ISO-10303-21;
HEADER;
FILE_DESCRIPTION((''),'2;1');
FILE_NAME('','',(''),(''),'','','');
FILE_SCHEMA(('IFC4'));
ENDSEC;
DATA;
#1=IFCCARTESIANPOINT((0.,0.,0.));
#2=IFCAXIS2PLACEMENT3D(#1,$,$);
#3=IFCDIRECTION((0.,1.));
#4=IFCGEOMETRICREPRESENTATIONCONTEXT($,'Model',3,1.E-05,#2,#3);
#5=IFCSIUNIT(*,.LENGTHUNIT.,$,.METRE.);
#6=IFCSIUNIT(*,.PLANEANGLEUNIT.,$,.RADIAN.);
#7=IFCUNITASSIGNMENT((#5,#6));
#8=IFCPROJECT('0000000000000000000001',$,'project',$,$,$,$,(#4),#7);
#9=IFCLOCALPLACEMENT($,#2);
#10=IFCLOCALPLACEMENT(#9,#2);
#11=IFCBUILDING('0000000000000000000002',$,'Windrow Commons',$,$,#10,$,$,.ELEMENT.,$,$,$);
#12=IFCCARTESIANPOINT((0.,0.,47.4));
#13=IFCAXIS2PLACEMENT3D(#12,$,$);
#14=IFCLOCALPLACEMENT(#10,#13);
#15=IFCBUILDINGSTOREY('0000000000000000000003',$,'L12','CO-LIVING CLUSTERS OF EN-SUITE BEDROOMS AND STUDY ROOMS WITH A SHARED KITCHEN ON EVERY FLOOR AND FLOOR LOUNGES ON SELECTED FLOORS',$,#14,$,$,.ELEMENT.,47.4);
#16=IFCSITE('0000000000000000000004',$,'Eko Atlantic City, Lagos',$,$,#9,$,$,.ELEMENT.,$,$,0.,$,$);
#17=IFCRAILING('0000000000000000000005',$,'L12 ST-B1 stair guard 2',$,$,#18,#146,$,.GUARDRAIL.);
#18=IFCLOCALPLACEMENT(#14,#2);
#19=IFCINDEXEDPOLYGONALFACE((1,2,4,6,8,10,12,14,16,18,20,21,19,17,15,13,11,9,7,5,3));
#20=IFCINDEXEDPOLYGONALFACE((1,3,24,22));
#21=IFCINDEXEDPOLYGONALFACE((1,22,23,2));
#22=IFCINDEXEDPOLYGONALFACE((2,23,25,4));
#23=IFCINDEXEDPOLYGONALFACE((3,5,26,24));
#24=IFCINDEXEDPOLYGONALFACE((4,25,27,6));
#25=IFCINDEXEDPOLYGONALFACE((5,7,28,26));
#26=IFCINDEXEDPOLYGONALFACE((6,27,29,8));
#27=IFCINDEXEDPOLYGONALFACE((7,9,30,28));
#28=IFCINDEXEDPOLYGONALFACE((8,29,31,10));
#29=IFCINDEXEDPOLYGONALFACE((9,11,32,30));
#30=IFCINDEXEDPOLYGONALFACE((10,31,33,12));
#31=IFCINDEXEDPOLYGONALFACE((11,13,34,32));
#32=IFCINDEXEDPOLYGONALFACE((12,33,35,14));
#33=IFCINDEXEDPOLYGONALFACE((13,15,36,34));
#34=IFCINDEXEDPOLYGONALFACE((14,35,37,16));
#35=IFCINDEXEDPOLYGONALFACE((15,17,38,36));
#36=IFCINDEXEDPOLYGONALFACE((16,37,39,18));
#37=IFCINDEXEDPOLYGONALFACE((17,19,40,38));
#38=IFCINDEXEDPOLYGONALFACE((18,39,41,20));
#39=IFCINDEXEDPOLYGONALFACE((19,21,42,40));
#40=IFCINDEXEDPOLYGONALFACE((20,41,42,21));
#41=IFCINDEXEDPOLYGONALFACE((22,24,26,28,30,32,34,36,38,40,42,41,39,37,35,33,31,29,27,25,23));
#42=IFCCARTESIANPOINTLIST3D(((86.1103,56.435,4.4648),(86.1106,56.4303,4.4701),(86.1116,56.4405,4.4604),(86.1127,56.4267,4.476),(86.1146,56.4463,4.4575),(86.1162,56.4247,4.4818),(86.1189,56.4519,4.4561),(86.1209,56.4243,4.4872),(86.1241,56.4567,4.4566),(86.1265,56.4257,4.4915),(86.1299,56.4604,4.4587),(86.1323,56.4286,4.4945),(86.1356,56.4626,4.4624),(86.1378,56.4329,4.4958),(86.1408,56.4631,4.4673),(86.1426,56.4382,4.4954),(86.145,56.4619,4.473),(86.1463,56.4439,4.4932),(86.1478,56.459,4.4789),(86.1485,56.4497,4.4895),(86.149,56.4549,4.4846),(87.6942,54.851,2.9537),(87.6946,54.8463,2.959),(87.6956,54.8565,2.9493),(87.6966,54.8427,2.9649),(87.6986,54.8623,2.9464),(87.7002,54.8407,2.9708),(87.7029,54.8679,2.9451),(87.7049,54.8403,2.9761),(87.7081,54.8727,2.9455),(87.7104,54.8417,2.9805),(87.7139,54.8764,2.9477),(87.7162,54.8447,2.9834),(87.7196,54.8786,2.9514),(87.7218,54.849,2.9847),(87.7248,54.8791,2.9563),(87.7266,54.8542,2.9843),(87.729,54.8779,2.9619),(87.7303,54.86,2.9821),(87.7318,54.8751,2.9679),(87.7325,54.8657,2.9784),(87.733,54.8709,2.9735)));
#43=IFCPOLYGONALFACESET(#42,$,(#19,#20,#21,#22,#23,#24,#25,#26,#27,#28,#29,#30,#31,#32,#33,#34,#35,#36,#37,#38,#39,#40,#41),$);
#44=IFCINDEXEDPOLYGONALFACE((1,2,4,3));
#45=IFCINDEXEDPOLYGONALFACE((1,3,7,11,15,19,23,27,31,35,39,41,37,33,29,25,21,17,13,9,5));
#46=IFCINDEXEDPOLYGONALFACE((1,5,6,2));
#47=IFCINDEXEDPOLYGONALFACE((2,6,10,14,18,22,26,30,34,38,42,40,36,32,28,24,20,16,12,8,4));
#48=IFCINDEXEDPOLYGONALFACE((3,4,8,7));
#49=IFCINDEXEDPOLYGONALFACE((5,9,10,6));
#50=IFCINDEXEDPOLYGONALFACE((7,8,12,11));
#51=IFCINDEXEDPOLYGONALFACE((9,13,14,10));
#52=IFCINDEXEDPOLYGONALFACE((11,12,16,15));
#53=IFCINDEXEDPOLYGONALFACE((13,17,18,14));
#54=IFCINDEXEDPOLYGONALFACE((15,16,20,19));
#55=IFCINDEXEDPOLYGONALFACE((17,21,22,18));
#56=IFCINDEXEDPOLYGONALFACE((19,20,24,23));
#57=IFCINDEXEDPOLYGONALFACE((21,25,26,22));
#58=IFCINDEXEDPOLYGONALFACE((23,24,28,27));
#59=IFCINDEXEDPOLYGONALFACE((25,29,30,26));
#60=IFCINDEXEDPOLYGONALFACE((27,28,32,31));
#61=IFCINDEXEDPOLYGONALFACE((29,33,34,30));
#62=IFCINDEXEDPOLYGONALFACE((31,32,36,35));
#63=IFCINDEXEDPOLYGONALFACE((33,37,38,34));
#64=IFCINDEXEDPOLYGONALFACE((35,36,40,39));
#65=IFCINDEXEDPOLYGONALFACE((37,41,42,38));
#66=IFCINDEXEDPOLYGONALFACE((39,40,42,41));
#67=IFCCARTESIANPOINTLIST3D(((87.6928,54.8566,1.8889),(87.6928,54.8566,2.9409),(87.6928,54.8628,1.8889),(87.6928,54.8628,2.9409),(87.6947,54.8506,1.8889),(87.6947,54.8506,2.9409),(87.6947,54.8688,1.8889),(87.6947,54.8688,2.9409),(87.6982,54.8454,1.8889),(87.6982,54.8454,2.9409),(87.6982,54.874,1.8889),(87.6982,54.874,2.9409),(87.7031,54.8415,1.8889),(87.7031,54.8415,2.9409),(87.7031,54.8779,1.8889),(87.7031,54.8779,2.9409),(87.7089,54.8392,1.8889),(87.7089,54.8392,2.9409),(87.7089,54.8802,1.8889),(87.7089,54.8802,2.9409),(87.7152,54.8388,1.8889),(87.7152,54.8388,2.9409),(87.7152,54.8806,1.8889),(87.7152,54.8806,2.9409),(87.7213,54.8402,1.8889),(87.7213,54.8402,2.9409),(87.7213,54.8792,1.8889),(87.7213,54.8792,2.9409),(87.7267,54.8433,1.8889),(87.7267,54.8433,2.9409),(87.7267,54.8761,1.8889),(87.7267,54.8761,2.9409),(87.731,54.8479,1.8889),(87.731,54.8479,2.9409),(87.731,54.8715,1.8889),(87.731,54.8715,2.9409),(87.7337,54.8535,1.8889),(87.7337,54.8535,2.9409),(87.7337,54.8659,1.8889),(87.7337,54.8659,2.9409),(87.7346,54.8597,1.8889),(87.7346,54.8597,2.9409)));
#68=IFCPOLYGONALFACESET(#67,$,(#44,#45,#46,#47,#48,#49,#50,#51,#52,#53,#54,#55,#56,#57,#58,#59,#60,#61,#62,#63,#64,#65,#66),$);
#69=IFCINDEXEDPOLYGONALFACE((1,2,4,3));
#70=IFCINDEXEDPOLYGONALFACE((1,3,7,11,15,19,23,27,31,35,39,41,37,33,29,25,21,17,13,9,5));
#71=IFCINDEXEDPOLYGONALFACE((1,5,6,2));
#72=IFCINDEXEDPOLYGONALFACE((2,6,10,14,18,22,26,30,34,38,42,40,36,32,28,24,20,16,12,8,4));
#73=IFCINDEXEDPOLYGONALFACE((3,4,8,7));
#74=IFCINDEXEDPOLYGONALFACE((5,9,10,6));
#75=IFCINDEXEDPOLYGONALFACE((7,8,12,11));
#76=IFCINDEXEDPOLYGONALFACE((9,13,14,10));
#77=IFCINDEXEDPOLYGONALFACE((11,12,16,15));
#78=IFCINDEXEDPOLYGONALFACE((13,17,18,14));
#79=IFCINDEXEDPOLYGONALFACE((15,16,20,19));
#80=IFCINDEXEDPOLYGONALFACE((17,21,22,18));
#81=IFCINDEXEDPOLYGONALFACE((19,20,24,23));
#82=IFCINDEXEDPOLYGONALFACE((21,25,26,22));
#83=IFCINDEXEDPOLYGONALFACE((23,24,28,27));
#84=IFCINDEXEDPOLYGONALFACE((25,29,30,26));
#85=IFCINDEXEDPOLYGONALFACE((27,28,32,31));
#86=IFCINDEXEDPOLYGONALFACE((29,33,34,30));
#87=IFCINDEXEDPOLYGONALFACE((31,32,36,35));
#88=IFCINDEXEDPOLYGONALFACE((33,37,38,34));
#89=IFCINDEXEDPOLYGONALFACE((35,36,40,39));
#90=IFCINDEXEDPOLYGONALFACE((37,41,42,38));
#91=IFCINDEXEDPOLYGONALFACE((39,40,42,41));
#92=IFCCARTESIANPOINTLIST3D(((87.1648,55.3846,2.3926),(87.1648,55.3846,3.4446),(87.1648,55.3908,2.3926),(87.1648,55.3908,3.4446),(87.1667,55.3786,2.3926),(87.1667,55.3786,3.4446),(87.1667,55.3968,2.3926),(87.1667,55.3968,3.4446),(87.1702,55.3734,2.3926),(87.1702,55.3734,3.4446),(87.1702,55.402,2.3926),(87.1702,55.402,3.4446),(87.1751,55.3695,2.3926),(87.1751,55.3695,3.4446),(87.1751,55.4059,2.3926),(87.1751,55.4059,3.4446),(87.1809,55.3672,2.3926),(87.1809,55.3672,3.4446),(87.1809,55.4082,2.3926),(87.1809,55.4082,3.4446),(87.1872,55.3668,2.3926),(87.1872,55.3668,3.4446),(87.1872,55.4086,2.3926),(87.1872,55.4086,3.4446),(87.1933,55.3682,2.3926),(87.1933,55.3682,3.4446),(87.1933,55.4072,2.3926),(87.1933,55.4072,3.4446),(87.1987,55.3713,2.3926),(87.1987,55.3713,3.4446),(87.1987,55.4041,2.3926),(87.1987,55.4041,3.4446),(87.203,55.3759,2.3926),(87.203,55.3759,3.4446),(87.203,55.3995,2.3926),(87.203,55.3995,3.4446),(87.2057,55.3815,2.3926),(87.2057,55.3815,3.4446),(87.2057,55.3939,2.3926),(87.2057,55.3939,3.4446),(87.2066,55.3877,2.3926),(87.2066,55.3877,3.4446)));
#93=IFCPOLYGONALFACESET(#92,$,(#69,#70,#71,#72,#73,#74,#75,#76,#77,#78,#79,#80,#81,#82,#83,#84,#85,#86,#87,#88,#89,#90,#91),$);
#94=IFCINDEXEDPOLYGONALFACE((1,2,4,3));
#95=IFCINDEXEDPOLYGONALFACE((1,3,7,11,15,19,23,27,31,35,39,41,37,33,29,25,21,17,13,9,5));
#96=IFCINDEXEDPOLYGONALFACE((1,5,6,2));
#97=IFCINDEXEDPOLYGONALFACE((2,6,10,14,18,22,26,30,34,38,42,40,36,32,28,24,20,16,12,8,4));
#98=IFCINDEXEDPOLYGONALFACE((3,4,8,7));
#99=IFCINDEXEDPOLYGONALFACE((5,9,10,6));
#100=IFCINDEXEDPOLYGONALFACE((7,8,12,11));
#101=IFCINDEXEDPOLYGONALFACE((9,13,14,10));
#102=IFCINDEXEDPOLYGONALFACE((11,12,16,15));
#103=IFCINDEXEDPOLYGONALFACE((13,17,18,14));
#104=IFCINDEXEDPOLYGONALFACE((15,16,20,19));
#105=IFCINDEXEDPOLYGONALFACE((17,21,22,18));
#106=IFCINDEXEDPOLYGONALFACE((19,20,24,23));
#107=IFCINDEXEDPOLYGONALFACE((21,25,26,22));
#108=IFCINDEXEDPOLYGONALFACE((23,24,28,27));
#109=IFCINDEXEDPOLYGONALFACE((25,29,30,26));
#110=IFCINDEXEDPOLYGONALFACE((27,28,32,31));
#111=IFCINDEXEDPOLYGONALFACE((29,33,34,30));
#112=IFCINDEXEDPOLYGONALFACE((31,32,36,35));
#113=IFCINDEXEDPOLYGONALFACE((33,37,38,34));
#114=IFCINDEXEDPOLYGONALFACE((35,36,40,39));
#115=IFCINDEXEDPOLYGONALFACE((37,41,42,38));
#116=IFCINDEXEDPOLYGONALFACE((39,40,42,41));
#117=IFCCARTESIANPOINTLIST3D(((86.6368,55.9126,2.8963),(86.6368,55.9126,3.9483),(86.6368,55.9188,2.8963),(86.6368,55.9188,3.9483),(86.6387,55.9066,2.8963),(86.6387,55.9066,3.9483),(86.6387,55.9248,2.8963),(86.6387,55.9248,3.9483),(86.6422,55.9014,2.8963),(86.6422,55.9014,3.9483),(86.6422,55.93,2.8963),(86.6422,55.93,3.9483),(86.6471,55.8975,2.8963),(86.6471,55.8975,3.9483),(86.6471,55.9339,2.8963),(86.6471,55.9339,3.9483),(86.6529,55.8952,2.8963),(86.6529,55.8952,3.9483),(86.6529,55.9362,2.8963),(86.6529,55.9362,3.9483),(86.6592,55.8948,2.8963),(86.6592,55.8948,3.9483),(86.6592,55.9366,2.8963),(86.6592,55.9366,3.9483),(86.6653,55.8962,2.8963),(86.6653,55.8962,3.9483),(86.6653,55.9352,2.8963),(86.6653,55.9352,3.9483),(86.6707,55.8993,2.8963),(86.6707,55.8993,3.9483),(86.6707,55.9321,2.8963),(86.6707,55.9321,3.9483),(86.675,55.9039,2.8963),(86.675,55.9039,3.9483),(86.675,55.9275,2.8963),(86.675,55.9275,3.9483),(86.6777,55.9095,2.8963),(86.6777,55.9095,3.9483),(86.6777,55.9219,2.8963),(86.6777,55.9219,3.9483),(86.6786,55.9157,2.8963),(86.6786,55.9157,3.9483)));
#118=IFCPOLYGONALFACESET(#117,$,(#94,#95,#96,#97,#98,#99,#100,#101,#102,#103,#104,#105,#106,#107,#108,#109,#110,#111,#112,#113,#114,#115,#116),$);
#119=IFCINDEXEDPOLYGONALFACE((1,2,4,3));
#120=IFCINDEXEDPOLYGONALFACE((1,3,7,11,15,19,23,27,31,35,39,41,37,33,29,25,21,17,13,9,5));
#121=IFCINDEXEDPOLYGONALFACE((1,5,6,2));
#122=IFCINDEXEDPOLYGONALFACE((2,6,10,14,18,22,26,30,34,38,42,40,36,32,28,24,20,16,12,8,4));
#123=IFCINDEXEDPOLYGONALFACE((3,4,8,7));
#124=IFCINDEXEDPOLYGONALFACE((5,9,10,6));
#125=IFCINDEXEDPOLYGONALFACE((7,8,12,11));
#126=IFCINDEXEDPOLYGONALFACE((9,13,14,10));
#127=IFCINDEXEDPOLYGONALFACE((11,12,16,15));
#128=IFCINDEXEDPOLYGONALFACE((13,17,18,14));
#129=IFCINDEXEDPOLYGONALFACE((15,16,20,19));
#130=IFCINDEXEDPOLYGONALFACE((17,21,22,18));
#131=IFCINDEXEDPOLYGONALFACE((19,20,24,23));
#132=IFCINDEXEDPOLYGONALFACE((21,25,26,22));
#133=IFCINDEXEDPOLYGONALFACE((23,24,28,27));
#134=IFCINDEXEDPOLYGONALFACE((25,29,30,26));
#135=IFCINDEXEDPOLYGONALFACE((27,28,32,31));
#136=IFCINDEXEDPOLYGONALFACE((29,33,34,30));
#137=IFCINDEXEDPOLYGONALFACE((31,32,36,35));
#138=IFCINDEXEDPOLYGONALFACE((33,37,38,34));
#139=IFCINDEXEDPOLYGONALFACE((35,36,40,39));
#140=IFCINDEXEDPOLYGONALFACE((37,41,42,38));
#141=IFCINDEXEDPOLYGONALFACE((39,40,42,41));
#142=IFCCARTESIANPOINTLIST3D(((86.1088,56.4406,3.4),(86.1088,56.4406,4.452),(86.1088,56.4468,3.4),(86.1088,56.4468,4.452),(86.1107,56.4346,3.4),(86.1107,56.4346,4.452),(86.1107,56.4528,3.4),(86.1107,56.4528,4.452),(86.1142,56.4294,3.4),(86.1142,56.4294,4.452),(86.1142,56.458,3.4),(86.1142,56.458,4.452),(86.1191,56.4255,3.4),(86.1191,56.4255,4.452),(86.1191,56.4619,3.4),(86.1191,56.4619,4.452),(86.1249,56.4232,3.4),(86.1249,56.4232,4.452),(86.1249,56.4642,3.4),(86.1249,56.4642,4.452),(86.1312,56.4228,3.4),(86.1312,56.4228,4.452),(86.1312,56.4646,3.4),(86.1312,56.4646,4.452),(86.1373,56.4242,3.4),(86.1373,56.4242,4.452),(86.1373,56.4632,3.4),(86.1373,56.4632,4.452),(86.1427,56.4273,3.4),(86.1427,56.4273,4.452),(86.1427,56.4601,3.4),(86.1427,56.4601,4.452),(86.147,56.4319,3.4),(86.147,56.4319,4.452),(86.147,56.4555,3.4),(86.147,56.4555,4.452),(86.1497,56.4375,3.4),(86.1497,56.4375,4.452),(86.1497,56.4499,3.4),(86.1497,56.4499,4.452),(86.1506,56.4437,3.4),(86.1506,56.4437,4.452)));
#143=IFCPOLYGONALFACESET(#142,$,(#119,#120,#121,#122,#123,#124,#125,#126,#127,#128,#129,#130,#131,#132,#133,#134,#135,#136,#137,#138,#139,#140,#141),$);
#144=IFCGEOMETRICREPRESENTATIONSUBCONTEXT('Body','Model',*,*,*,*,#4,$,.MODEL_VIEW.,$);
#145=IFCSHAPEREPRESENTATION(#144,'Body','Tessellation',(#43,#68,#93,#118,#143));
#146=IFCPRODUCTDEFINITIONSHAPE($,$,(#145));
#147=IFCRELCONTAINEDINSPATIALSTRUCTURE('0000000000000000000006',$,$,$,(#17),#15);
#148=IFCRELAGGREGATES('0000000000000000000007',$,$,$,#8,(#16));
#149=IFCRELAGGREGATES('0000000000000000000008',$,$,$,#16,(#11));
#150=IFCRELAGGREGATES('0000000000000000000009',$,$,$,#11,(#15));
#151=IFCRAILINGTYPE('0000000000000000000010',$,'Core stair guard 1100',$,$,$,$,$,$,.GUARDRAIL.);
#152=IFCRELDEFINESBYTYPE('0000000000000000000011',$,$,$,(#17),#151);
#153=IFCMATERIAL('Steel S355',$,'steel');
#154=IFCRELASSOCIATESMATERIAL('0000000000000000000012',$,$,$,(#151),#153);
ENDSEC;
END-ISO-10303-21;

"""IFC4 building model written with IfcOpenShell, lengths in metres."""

from ifc_helpers import new_model, si_unit, direction, frame, origin, origin_2d, place, context, subcontext, project, spatial, circle, extrude, material, type_object, element, save


model = new_model("IFC4")

# Units and contexts
model_context = context("Model", 3, precision=1e-05, world=origin(), true_north=direction((0.0, 1.0)))
body_context = subcontext(model_context, "Body", "Model", "MODEL_VIEW")
ifc_project = project(units=[si_unit("LENGTHUNIT", "METRE"), si_unit("PLANEANGLEUNIT", "RADIAN")], contexts=[model_context])

# Site, building, storey
site_placement = place(None, origin())
site = spatial("IfcSite", under=ifc_project, at=site_placement, Name="Eko Atlantic City, Lagos", CompositionType="ELEMENT", RefElevation=0.0)
building_placement = place(site_placement, origin())
building = spatial("IfcBuilding", under=site, at=building_placement, Name="Windrow Commons", CompositionType="ELEMENT")
storey_placement = place(building_placement, frame((0.0, 0.0, 47.4)))
storey = spatial("IfcBuildingStorey", under=building, at=storey_placement, Name="L12", Description="CO-LIVING CLUSTERS OF EN-SUITE BEDROOMS AND STUDY ROOMS WITH A SHARED KITCHEN ON EVERY FLOOR AND FLOOR LOUNGES ON SELECTED FLOORS", CompositionType="ELEMENT", Elevation=47.4)

# Railing
ifc_material_1 = material(Name="Steel S355", Category="steel")
railing_type_1 = type_object("IfcRailingType", Name="Core stair guard 1100", PredefinedType="GUARDRAIL", material=ifc_material_1)
railing_1_placement = place(storey_placement, frame((87.7136, 54.8597, 1.8889)))
element("IfcRailing", 1, at=railing_1_placement, inside=storey, type_object=railing_type_1, Name="L12 ST-B1 stair guard 2", PredefinedType="GUARDRAIL", context=body_context, shape_type="SweptSolid", body=[
    extrude(circle(Radius=0.024, at=origin_2d()), frame((0.0, 0.0, 1.076), z_axis=(-0.586203, 0.586203, 0.559224), x_axis=(-0.707107, -0.707107, 0.0)), (0.0, 0.0, 1.0), 2.7021),
    extrude(circle(Radius=0.021, at=origin_2d()), origin(), (0.0, 0.0, 1.0), 1.052),
    extrude(circle(Radius=0.021, at=origin_2d()), frame((-0.528, 0.528, 0.5037)), (0.0, 0.0, 1.0), 1.052),
    extrude(circle(Radius=0.021, at=origin_2d()), frame((-1.056, 1.056, 1.0074)), (0.0, 0.0, 1.0), 1.052),
    extrude(circle(Radius=0.021, at=origin_2d()), frame((-1.584, 1.584, 1.5111)), (0.0, 0.0, 1.0), 1.052),
])

save(model, "model.ifc")
